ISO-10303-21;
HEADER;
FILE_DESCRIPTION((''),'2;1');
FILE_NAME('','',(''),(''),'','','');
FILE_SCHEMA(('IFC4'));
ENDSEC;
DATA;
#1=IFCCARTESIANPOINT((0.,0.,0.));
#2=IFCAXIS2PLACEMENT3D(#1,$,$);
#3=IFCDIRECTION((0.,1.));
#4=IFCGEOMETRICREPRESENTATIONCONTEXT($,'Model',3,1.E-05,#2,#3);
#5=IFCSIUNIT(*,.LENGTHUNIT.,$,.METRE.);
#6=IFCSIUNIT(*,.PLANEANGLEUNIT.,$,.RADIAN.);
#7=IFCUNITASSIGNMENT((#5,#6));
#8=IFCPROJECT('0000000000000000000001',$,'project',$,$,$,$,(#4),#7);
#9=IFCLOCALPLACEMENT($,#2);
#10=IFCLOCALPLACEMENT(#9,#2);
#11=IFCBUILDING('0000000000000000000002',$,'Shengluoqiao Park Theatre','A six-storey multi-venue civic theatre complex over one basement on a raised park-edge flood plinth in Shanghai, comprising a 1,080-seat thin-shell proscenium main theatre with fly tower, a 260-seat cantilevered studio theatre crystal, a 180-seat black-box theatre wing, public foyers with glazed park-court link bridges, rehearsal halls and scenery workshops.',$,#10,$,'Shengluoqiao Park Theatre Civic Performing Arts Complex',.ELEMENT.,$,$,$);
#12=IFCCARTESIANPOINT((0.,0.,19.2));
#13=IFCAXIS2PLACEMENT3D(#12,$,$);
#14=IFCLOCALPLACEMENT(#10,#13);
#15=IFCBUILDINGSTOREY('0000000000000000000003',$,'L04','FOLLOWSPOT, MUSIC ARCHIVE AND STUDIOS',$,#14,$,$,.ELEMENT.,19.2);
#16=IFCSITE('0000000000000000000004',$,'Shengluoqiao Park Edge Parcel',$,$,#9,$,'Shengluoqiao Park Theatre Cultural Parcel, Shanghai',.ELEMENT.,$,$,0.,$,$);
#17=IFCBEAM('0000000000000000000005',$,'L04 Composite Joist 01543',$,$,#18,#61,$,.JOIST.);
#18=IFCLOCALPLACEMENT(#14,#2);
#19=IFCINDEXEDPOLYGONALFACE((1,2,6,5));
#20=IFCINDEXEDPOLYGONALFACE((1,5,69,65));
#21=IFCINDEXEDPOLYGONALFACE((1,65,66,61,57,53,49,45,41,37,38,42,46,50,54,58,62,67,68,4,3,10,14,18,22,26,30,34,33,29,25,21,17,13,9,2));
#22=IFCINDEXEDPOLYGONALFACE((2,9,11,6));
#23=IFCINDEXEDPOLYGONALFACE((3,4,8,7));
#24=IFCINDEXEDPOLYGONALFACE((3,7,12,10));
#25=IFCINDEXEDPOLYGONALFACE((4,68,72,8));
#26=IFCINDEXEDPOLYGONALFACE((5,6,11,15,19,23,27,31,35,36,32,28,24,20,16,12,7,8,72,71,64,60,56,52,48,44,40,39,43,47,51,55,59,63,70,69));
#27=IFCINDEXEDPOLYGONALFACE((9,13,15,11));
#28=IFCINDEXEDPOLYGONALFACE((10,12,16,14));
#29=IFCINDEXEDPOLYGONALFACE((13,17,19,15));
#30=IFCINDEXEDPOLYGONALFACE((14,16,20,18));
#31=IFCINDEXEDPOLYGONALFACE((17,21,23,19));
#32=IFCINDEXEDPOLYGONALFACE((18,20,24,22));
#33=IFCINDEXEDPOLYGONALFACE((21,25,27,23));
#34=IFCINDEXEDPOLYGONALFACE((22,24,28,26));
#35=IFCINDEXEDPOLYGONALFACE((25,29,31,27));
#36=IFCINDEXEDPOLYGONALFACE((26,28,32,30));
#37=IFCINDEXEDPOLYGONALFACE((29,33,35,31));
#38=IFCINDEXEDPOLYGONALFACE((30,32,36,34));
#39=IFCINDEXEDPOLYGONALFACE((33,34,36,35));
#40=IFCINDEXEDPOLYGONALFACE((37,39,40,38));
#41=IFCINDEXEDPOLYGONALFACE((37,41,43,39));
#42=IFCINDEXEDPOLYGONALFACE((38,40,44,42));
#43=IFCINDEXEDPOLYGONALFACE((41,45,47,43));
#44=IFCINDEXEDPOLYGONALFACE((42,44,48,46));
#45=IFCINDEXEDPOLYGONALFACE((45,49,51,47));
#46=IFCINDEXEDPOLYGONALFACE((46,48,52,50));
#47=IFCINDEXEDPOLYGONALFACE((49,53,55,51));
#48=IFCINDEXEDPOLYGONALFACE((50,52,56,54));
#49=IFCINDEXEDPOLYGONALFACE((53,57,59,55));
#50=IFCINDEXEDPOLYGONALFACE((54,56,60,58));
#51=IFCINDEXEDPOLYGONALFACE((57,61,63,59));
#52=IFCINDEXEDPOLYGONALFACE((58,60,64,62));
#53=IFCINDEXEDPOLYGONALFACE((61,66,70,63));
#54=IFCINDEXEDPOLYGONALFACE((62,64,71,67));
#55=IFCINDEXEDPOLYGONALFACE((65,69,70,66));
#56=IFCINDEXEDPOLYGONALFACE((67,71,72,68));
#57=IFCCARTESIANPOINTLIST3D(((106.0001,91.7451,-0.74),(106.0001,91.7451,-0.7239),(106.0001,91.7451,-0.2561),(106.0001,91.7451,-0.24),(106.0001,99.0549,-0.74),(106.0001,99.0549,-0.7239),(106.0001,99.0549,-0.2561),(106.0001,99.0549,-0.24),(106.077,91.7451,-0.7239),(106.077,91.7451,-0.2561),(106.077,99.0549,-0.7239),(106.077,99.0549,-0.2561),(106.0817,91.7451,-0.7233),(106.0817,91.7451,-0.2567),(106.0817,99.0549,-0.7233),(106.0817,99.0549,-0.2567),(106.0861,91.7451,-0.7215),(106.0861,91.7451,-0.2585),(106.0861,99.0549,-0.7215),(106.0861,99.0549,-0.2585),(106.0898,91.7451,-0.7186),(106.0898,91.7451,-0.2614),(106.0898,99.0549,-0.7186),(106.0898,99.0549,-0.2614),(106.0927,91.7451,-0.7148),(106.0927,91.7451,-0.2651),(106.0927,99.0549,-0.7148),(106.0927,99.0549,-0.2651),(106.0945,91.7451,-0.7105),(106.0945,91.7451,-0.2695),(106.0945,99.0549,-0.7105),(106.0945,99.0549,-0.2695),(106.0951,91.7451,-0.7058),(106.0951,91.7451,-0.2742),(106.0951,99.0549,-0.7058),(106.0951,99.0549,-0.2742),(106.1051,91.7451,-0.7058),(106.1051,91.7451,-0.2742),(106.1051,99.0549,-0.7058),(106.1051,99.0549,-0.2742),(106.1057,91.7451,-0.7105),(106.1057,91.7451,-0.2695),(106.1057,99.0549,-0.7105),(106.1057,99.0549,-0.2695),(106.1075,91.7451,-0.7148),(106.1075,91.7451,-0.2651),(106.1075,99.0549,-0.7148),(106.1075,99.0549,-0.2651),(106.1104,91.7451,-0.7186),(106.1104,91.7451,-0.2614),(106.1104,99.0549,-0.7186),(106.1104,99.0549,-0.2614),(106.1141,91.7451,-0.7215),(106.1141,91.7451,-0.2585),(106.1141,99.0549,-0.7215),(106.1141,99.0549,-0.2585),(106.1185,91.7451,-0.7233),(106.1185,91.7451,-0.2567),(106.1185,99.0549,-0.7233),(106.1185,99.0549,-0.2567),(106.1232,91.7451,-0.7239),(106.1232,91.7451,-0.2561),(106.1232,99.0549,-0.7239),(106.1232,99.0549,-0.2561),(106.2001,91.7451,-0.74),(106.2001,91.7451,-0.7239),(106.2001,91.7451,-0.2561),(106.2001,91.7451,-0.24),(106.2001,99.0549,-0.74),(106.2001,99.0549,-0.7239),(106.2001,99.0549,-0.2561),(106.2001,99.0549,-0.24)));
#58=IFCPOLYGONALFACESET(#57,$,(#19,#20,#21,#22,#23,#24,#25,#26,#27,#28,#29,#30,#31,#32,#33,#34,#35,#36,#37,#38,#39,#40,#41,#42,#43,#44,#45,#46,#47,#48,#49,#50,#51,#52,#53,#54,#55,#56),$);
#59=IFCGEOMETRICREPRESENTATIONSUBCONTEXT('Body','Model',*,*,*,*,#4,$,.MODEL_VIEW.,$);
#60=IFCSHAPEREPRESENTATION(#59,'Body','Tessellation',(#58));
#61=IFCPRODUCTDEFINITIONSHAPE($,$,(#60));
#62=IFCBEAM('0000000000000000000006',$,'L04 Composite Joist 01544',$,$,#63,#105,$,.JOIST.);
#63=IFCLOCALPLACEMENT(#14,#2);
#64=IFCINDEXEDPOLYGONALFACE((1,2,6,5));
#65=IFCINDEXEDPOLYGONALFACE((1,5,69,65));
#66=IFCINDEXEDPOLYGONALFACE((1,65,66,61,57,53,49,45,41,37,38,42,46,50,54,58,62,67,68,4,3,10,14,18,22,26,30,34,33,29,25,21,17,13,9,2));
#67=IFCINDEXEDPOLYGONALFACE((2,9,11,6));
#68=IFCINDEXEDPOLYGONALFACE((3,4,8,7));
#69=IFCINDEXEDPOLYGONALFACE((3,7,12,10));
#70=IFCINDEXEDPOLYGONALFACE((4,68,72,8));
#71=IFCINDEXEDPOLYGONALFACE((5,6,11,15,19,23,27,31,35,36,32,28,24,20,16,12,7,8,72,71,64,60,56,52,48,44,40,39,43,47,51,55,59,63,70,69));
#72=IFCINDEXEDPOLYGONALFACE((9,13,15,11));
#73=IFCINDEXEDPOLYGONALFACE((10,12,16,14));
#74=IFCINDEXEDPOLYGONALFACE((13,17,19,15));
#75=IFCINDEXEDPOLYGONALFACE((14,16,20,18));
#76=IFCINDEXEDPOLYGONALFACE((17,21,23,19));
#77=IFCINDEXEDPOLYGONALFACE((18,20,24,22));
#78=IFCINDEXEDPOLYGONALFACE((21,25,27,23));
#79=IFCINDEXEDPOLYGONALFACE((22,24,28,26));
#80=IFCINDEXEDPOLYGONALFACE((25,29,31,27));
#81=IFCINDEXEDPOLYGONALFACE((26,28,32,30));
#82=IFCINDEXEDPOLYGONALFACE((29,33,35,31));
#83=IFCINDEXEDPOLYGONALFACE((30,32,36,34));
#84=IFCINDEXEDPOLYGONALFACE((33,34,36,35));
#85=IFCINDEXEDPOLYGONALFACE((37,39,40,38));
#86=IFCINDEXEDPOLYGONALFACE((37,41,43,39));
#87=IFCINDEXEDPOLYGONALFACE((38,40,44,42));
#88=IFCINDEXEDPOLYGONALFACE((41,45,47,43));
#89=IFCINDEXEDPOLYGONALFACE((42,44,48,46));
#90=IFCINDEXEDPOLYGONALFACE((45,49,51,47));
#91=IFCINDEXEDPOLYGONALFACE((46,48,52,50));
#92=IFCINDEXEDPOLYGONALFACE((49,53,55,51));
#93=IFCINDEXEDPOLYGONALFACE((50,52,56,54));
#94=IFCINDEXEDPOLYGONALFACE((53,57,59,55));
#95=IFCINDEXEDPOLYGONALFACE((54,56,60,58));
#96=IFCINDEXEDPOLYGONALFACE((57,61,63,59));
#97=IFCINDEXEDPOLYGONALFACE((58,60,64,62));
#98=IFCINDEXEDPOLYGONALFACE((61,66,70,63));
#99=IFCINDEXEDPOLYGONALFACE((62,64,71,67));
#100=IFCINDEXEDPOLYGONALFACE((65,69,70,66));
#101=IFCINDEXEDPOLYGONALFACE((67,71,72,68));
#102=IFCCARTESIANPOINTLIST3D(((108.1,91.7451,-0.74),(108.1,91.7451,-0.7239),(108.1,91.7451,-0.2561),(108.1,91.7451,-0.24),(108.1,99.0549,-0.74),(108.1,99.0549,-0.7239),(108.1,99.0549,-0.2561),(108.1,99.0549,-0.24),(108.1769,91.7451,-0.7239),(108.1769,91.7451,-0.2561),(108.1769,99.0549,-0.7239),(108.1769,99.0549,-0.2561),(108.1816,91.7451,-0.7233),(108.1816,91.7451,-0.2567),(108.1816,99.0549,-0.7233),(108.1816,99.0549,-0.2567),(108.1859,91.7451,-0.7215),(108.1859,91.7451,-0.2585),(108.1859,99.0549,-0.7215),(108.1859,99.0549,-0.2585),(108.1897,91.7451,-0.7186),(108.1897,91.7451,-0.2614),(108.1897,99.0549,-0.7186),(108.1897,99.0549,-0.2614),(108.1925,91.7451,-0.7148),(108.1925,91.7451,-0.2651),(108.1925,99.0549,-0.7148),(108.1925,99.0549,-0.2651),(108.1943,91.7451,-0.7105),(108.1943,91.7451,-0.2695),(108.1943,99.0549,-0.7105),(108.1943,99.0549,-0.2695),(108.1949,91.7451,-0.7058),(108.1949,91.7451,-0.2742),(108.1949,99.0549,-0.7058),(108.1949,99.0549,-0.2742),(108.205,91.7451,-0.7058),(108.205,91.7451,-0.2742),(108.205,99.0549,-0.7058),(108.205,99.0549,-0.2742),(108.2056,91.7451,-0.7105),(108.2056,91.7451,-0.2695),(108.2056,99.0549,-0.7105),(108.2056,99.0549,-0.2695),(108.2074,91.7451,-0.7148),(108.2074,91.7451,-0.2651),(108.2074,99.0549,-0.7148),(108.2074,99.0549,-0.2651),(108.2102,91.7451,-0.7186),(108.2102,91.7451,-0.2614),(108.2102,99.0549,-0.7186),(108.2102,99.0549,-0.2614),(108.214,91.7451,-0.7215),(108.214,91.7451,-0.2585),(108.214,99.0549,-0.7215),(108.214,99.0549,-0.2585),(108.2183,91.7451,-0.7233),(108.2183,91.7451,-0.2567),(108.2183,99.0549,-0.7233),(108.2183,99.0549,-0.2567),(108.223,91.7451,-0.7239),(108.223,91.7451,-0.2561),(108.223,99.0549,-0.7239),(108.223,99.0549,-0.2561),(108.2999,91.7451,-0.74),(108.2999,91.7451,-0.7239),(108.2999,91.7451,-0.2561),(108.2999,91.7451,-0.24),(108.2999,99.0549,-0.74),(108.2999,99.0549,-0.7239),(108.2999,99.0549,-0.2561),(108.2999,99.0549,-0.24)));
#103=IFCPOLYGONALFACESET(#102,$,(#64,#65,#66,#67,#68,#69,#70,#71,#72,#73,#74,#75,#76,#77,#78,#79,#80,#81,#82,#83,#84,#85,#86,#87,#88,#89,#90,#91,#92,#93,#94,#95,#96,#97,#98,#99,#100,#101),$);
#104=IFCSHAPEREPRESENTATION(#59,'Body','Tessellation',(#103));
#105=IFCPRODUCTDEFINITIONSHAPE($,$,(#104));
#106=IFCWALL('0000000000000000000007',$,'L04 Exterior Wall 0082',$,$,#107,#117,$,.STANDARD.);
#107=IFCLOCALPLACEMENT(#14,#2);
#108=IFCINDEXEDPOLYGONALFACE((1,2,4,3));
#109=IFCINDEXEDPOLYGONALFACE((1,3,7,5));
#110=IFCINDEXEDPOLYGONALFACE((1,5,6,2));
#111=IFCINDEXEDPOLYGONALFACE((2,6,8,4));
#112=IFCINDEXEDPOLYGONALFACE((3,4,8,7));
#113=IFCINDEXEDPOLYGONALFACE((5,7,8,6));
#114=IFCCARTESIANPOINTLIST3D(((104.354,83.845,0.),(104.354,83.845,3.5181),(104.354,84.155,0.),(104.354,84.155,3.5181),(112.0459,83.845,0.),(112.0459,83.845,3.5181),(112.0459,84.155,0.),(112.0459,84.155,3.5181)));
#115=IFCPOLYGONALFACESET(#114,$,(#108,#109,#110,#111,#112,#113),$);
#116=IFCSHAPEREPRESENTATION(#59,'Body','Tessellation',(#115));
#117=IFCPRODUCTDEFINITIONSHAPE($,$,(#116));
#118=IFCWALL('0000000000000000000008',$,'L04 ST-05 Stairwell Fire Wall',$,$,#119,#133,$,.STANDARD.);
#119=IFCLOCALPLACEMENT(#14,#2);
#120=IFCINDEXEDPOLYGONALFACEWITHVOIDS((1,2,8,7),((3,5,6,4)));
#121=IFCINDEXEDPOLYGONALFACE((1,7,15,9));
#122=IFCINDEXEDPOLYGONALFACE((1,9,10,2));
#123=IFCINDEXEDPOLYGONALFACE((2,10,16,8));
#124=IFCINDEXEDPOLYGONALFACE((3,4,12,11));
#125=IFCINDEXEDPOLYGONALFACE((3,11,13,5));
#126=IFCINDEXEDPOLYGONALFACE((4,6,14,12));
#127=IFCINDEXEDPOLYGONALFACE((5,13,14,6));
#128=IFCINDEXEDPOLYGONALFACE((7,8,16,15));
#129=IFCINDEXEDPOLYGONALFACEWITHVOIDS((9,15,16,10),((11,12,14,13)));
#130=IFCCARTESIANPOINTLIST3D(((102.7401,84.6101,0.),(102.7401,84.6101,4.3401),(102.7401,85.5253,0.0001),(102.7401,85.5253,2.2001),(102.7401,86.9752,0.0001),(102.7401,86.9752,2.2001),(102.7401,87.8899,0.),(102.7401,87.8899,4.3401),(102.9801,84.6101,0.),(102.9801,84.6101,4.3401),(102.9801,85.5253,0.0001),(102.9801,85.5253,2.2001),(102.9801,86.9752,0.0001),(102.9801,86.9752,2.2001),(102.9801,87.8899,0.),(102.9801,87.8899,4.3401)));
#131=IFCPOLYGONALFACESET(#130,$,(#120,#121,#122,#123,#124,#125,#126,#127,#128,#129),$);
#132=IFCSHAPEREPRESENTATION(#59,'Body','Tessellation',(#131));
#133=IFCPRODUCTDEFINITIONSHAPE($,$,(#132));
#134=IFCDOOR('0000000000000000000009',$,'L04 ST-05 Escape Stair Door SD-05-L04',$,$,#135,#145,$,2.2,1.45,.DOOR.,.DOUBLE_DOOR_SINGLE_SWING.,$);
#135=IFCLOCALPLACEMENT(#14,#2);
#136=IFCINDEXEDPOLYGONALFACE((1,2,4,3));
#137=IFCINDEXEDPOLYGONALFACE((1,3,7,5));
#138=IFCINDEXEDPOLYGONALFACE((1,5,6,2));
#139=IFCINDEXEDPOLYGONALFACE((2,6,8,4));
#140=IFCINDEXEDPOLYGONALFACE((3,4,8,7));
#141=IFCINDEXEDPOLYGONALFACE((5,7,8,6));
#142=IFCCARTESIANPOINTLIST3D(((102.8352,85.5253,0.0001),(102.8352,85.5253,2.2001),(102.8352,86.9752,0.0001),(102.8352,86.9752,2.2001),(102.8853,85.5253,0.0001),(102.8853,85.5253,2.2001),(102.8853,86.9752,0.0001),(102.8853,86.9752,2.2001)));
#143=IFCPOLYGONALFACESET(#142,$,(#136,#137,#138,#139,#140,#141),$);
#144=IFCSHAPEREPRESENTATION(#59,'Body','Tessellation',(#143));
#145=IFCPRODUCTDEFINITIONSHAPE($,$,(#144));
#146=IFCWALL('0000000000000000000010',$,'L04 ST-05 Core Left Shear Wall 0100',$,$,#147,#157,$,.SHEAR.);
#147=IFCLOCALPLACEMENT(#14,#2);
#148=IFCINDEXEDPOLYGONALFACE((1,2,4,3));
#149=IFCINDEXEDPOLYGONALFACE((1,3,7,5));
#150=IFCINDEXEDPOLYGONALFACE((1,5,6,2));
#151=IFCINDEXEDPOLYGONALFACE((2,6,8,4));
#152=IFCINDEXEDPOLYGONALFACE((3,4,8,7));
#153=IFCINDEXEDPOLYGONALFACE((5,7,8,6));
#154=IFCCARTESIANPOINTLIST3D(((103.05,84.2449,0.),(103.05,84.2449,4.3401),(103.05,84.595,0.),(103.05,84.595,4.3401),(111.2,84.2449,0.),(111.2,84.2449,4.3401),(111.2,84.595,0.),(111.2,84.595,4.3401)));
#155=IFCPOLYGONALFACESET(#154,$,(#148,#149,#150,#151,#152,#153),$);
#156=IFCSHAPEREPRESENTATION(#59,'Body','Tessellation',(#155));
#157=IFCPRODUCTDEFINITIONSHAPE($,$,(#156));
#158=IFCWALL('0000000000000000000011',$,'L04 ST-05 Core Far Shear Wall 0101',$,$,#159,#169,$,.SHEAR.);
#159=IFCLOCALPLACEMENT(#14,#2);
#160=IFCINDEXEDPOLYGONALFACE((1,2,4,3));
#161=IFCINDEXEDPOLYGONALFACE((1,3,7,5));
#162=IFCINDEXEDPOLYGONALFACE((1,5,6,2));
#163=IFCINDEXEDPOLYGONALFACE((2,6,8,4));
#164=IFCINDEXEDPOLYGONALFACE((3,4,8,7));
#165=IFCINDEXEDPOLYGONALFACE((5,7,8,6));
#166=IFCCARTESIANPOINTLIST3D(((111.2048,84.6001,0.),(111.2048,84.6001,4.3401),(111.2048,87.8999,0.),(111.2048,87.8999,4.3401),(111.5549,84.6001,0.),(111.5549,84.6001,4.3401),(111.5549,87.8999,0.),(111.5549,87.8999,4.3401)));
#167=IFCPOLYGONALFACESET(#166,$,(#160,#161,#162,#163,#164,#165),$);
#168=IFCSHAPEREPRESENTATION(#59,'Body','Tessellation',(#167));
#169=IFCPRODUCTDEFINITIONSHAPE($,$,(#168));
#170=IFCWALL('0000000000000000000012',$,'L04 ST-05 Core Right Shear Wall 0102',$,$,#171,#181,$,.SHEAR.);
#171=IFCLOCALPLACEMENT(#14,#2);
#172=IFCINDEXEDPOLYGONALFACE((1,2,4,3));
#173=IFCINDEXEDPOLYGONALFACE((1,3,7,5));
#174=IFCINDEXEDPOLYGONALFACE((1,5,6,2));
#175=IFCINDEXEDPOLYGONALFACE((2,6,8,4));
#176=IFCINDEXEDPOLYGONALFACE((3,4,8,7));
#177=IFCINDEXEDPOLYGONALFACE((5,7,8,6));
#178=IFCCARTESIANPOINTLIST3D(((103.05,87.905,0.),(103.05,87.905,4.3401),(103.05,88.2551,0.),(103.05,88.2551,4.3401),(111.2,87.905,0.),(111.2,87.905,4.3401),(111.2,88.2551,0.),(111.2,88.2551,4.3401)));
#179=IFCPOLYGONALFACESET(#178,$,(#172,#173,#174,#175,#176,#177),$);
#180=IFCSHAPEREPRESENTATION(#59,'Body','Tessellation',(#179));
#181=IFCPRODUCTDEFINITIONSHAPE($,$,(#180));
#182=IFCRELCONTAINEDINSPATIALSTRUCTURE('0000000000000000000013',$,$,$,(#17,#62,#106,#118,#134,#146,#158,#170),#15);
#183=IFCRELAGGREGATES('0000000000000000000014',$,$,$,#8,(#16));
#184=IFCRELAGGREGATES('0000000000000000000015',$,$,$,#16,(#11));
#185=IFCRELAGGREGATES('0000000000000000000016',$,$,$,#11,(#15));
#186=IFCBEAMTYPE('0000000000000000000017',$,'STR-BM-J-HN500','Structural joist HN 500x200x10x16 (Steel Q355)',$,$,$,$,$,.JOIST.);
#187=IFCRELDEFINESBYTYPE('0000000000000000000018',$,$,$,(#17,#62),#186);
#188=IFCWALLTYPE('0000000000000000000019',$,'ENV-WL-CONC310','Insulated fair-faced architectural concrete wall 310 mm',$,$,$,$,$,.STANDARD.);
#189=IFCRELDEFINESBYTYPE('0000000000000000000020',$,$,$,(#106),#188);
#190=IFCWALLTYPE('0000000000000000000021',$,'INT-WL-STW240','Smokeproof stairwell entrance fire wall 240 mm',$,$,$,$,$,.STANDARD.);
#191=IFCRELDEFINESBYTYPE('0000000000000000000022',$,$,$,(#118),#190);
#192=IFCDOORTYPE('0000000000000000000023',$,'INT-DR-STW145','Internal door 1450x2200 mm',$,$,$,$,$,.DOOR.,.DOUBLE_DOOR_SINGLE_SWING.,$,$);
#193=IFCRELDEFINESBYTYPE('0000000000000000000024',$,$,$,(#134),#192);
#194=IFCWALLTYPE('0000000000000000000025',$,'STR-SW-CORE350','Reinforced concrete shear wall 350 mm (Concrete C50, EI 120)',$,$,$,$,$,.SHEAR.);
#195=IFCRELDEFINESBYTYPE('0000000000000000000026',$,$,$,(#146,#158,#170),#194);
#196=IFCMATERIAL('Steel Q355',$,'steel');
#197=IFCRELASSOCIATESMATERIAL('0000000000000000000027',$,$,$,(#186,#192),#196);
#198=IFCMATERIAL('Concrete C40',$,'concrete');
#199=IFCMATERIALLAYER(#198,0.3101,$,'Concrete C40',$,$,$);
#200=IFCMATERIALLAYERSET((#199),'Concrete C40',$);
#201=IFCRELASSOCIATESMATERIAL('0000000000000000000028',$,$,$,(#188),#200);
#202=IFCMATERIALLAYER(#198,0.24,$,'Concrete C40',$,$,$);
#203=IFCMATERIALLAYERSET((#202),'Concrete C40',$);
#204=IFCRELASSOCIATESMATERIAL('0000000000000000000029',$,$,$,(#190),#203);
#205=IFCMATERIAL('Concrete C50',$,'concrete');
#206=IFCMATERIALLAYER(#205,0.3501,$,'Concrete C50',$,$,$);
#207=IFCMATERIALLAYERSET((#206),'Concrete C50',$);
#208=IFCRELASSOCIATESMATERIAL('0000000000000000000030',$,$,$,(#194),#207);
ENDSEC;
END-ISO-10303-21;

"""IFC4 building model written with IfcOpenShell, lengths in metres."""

from ifc_helpers import new_model, si_unit, direction, frame, frame_2d, origin, origin_2d, place, context, subcontext, project, spatial, rectangle, i_section, extrude, material, layer, layer_set, material_profile, profile_set, type_object, element, fill, save


model = new_model("IFC4")

# Units and contexts
model_context = context("Model", 3, precision=1e-05, world=origin(), true_north=direction((0.0, 1.0)))
body_context = subcontext(model_context, "Body", "Model", "MODEL_VIEW")
ifc_project = project(units=[si_unit("LENGTHUNIT", "METRE"), si_unit("PLANEANGLEUNIT", "RADIAN")], contexts=[model_context])

# Site, building, storey
site_placement = place(None, origin())
site = spatial("IfcSite", under=ifc_project, at=site_placement, Name="Shengluoqiao Park Edge Parcel", LongName="Shengluoqiao Park Theatre Cultural Parcel, Shanghai", CompositionType="ELEMENT", RefElevation=0.0)
building_placement = place(site_placement, origin())
building = spatial("IfcBuilding", under=site, at=building_placement, Name="Shengluoqiao Park Theatre", Description="A six-storey multi-venue civic theatre complex over one basement on a raised park-edge flood plinth in Shanghai, comprising a 1,080-seat thin-shell proscenium main theatre with fly tower, a 260-seat cantilevered studio theatre crystal, a 180-seat black-box theatre wing, public foyers with glazed park-court link bridges, rehearsal halls and scenery workshops.", LongName="Shengluoqiao Park Theatre Civic Performing Arts Complex", CompositionType="ELEMENT")
storey_placement = place(building_placement, frame((0.0, 0.0, 19.2)))
storey = spatial("IfcBuildingStorey", under=building, at=storey_placement, Name="L04", Description="FOLLOWSPOT, MUSIC ARCHIVE AND STUDIOS", CompositionType="ELEMENT", Elevation=19.2)

# Shared definitions
ifc_material_1 = material(Name="Concrete C50", Category="concrete")

# Beams
ifc_material_2 = material(Name="Steel Q355", Category="steel")
ifc_material_profile_1 = material_profile(ifc_material_2, i_section(OverallWidth=0.2, OverallDepth=0.5, WebThickness=0.01, FlangeThickness=0.0161, FilletRadius=0.0181, at=origin_2d()), Name="HN 500x200x10x16")
ifc_profile_set_1 = profile_set([ifc_material_profile_1], Name="Steel Q355")
beam_type_1 = type_object("IfcBeamType", Name="STR-BM-J-HN500", Description="Structural joist HN 500x200x10x16 (Steel Q355)", PredefinedType="JOIST", material=ifc_profile_set_1)
for number, where, z_axis, x_axis, name in (
    (1, (106.1001, 91.7451, -0.49), (0.0, 1.0, 0.0), (-1.0, 0.0, 0.0), "L04 Composite Joist 01543"),
    (2, (108.2, 91.7451, -0.49), (0.0, 1.0, 0.0), (-1.0, 0.0, 0.0), "L04 Composite Joist 01544"),
):
    element("IfcBeam", number, at=place(storey_placement, frame(where, z_axis=z_axis, x_axis=x_axis)), inside=storey, type_object=beam_type_1, Name=name, PredefinedType="JOIST", context=body_context, shape_type="SweptSolid", body=[
        extrude(i_section(OverallWidth=0.2, OverallDepth=0.5, WebThickness=0.01, FlangeThickness=0.0161, FilletRadius=0.0181, at=origin_2d()), origin(), (0.0, 0.0, 1.0), 7.3098),
    ])

# Wall
ifc_material_3 = material(Name="Concrete C40", Category="concrete")
ifc_layer_1 = layer(ifc_material_3, 0.3101, Name="Concrete C40")
ifc_layer_set_1 = layer_set([ifc_layer_1], Name="Concrete C40")
wall_type_1 = type_object("IfcWallType", Name="ENV-WL-CONC310", Description="Insulated fair-faced architectural concrete wall 310 mm", PredefinedType="STANDARD", material=ifc_layer_set_1)
wall_1_placement = place(storey_placement, frame((104.354, 84.0, 0.0), z_axis=(0.0, 0.0, 1.0), x_axis=(1.0, 0.0, 0.0)))
element("IfcWall", 3, at=wall_1_placement, inside=storey, type_object=wall_type_1, Name="L04 Exterior Wall 0082", PredefinedType="STANDARD", context=body_context, shape_type="SweptSolid", body=[
    extrude(rectangle(XDim=7.6919, YDim=0.3101, at=frame_2d((3.8459, 0.0))), origin(), (0.0, 0.0, 1.0), 3.5181),
])

# Wall, opening, door
ifc_layer_2 = layer(ifc_material_3, 0.24, Name="Concrete C40")
ifc_layer_set_2 = layer_set([ifc_layer_2], Name="Concrete C40")
wall_type_2 = type_object("IfcWallType", Name="INT-WL-STW240", Description="Smokeproof stairwell entrance fire wall 240 mm", PredefinedType="STANDARD", material=ifc_layer_set_2)
wall_2_placement = place(storey_placement, frame((102.8601, 84.6101, 0.0), z_axis=(0.0, 0.0, 1.0), x_axis=(0.0, 1.0, 0.0)))
wall_2 = element("IfcWall", 4, at=wall_2_placement, inside=storey, type_object=wall_type_2, Name="L04 ST-05 Stairwell Fire Wall", PredefinedType="STANDARD", context=body_context, shape_type="SweptSolid", body=[
    extrude(rectangle(XDim=3.2798, YDim=0.24, at=frame_2d((1.6399, 0.0))), origin(), (0.0, 0.0, 1.0), 4.3401),
])
opening_placement = place(wall_2_placement, frame((0.915, 0.0, 0.0)))
opening = element("IfcOpeningElement", 5, at=opening_placement, cuts=wall_2, PredefinedType="OPENING", context=body_context, shape_type="SweptSolid", body=[
    extrude(rectangle(XDim=1.45, YDim=2.2, at=frame_2d((0.7251, 1.1001))), frame((0.0, 0.1299, 0.0), z_axis=(0.0, -1.0, 0.0), x_axis=(1.0, 0.0, 0.0)), (0.0, 0.0, 1.0), 0.26),
])
door_type = type_object("IfcDoorType", Name="INT-DR-STW145", Description="Internal door 1450x2200 mm", OperationType="DOUBLE_DOOR_SINGLE_SWING", PredefinedType="DOOR", material=ifc_material_2)
door_placement = place(opening_placement, origin())
door = element("IfcDoor", 6, at=door_placement, inside=storey, type_object=door_type, Name="L04 ST-05 Escape Stair Door SD-05-L04", OperationType="DOUBLE_DOOR_SINGLE_SWING", OverallHeight=2.2, OverallWidth=1.45, PredefinedType="DOOR", context=body_context, shape_type="SweptSolid", body=[
    extrude(rectangle(XDim=1.45, YDim=2.2, at=frame_2d((0.7251, 1.1001))), frame((0.0, 0.0249, 0.0), z_axis=(0.0, -1.0, 0.0), x_axis=(1.0, 0.0, 0.0)), (0.0, 0.0, 1.0), 0.05),
])
fill(opening, door)

# Walls
ifc_layer_3 = layer(ifc_material_1, 0.3501, Name="Concrete C50")
ifc_layer_set_3 = layer_set([ifc_layer_3], Name="Concrete C50")
wall_type_3 = type_object("IfcWallType", Name="STR-SW-CORE350", Description="Reinforced concrete shear wall 350 mm (Concrete C50, EI 120)", PredefinedType="SHEAR", material=ifc_layer_set_3)
wall_3_placement = place(storey_placement, frame((103.05, 84.4199, 0.0), z_axis=(0.0, 0.0, 1.0), x_axis=(1.0, 0.0, 0.0)))
element("IfcWall", 7, at=wall_3_placement, inside=storey, type_object=wall_type_3, Name="L04 ST-05 Core Left Shear Wall 0100", PredefinedType="SHEAR", context=body_context, shape_type="SweptSolid", body=[
    extrude(rectangle(XDim=8.1499, YDim=0.3501, at=frame_2d((4.075, 0.0))), origin(), (0.0, 0.0, 1.0), 4.3401),
])
wall_4_placement = place(storey_placement, frame((111.3799, 84.6001, 0.0), z_axis=(0.0, 0.0, 1.0), x_axis=(0.0, 1.0, 0.0)))
element("IfcWall", 8, at=wall_4_placement, inside=storey, type_object=wall_type_3, Name="L04 ST-05 Core Far Shear Wall 0101", PredefinedType="SHEAR", context=body_context, shape_type="SweptSolid", body=[
    extrude(rectangle(XDim=3.2998, YDim=0.3501, at=frame_2d((1.6499, 0.0))), origin(), (0.0, 0.0, 1.0), 4.3401),
])
wall_5_placement = place(storey_placement, frame((111.2, 88.0801, 0.0), z_axis=(0.0, 0.0, 1.0), x_axis=(-1.0, 0.0, 0.0)))
element("IfcWall", 9, at=wall_5_placement, inside=storey, type_object=wall_type_3, Name="L04 ST-05 Core Right Shear Wall 0102", PredefinedType="SHEAR", context=body_context, shape_type="SweptSolid", body=[
    extrude(rectangle(XDim=8.1499, YDim=0.3501, at=frame_2d((4.075, 0.0))), origin(), (0.0, 0.0, 1.0), 4.3401),
])

save(model, "model.ifc")
